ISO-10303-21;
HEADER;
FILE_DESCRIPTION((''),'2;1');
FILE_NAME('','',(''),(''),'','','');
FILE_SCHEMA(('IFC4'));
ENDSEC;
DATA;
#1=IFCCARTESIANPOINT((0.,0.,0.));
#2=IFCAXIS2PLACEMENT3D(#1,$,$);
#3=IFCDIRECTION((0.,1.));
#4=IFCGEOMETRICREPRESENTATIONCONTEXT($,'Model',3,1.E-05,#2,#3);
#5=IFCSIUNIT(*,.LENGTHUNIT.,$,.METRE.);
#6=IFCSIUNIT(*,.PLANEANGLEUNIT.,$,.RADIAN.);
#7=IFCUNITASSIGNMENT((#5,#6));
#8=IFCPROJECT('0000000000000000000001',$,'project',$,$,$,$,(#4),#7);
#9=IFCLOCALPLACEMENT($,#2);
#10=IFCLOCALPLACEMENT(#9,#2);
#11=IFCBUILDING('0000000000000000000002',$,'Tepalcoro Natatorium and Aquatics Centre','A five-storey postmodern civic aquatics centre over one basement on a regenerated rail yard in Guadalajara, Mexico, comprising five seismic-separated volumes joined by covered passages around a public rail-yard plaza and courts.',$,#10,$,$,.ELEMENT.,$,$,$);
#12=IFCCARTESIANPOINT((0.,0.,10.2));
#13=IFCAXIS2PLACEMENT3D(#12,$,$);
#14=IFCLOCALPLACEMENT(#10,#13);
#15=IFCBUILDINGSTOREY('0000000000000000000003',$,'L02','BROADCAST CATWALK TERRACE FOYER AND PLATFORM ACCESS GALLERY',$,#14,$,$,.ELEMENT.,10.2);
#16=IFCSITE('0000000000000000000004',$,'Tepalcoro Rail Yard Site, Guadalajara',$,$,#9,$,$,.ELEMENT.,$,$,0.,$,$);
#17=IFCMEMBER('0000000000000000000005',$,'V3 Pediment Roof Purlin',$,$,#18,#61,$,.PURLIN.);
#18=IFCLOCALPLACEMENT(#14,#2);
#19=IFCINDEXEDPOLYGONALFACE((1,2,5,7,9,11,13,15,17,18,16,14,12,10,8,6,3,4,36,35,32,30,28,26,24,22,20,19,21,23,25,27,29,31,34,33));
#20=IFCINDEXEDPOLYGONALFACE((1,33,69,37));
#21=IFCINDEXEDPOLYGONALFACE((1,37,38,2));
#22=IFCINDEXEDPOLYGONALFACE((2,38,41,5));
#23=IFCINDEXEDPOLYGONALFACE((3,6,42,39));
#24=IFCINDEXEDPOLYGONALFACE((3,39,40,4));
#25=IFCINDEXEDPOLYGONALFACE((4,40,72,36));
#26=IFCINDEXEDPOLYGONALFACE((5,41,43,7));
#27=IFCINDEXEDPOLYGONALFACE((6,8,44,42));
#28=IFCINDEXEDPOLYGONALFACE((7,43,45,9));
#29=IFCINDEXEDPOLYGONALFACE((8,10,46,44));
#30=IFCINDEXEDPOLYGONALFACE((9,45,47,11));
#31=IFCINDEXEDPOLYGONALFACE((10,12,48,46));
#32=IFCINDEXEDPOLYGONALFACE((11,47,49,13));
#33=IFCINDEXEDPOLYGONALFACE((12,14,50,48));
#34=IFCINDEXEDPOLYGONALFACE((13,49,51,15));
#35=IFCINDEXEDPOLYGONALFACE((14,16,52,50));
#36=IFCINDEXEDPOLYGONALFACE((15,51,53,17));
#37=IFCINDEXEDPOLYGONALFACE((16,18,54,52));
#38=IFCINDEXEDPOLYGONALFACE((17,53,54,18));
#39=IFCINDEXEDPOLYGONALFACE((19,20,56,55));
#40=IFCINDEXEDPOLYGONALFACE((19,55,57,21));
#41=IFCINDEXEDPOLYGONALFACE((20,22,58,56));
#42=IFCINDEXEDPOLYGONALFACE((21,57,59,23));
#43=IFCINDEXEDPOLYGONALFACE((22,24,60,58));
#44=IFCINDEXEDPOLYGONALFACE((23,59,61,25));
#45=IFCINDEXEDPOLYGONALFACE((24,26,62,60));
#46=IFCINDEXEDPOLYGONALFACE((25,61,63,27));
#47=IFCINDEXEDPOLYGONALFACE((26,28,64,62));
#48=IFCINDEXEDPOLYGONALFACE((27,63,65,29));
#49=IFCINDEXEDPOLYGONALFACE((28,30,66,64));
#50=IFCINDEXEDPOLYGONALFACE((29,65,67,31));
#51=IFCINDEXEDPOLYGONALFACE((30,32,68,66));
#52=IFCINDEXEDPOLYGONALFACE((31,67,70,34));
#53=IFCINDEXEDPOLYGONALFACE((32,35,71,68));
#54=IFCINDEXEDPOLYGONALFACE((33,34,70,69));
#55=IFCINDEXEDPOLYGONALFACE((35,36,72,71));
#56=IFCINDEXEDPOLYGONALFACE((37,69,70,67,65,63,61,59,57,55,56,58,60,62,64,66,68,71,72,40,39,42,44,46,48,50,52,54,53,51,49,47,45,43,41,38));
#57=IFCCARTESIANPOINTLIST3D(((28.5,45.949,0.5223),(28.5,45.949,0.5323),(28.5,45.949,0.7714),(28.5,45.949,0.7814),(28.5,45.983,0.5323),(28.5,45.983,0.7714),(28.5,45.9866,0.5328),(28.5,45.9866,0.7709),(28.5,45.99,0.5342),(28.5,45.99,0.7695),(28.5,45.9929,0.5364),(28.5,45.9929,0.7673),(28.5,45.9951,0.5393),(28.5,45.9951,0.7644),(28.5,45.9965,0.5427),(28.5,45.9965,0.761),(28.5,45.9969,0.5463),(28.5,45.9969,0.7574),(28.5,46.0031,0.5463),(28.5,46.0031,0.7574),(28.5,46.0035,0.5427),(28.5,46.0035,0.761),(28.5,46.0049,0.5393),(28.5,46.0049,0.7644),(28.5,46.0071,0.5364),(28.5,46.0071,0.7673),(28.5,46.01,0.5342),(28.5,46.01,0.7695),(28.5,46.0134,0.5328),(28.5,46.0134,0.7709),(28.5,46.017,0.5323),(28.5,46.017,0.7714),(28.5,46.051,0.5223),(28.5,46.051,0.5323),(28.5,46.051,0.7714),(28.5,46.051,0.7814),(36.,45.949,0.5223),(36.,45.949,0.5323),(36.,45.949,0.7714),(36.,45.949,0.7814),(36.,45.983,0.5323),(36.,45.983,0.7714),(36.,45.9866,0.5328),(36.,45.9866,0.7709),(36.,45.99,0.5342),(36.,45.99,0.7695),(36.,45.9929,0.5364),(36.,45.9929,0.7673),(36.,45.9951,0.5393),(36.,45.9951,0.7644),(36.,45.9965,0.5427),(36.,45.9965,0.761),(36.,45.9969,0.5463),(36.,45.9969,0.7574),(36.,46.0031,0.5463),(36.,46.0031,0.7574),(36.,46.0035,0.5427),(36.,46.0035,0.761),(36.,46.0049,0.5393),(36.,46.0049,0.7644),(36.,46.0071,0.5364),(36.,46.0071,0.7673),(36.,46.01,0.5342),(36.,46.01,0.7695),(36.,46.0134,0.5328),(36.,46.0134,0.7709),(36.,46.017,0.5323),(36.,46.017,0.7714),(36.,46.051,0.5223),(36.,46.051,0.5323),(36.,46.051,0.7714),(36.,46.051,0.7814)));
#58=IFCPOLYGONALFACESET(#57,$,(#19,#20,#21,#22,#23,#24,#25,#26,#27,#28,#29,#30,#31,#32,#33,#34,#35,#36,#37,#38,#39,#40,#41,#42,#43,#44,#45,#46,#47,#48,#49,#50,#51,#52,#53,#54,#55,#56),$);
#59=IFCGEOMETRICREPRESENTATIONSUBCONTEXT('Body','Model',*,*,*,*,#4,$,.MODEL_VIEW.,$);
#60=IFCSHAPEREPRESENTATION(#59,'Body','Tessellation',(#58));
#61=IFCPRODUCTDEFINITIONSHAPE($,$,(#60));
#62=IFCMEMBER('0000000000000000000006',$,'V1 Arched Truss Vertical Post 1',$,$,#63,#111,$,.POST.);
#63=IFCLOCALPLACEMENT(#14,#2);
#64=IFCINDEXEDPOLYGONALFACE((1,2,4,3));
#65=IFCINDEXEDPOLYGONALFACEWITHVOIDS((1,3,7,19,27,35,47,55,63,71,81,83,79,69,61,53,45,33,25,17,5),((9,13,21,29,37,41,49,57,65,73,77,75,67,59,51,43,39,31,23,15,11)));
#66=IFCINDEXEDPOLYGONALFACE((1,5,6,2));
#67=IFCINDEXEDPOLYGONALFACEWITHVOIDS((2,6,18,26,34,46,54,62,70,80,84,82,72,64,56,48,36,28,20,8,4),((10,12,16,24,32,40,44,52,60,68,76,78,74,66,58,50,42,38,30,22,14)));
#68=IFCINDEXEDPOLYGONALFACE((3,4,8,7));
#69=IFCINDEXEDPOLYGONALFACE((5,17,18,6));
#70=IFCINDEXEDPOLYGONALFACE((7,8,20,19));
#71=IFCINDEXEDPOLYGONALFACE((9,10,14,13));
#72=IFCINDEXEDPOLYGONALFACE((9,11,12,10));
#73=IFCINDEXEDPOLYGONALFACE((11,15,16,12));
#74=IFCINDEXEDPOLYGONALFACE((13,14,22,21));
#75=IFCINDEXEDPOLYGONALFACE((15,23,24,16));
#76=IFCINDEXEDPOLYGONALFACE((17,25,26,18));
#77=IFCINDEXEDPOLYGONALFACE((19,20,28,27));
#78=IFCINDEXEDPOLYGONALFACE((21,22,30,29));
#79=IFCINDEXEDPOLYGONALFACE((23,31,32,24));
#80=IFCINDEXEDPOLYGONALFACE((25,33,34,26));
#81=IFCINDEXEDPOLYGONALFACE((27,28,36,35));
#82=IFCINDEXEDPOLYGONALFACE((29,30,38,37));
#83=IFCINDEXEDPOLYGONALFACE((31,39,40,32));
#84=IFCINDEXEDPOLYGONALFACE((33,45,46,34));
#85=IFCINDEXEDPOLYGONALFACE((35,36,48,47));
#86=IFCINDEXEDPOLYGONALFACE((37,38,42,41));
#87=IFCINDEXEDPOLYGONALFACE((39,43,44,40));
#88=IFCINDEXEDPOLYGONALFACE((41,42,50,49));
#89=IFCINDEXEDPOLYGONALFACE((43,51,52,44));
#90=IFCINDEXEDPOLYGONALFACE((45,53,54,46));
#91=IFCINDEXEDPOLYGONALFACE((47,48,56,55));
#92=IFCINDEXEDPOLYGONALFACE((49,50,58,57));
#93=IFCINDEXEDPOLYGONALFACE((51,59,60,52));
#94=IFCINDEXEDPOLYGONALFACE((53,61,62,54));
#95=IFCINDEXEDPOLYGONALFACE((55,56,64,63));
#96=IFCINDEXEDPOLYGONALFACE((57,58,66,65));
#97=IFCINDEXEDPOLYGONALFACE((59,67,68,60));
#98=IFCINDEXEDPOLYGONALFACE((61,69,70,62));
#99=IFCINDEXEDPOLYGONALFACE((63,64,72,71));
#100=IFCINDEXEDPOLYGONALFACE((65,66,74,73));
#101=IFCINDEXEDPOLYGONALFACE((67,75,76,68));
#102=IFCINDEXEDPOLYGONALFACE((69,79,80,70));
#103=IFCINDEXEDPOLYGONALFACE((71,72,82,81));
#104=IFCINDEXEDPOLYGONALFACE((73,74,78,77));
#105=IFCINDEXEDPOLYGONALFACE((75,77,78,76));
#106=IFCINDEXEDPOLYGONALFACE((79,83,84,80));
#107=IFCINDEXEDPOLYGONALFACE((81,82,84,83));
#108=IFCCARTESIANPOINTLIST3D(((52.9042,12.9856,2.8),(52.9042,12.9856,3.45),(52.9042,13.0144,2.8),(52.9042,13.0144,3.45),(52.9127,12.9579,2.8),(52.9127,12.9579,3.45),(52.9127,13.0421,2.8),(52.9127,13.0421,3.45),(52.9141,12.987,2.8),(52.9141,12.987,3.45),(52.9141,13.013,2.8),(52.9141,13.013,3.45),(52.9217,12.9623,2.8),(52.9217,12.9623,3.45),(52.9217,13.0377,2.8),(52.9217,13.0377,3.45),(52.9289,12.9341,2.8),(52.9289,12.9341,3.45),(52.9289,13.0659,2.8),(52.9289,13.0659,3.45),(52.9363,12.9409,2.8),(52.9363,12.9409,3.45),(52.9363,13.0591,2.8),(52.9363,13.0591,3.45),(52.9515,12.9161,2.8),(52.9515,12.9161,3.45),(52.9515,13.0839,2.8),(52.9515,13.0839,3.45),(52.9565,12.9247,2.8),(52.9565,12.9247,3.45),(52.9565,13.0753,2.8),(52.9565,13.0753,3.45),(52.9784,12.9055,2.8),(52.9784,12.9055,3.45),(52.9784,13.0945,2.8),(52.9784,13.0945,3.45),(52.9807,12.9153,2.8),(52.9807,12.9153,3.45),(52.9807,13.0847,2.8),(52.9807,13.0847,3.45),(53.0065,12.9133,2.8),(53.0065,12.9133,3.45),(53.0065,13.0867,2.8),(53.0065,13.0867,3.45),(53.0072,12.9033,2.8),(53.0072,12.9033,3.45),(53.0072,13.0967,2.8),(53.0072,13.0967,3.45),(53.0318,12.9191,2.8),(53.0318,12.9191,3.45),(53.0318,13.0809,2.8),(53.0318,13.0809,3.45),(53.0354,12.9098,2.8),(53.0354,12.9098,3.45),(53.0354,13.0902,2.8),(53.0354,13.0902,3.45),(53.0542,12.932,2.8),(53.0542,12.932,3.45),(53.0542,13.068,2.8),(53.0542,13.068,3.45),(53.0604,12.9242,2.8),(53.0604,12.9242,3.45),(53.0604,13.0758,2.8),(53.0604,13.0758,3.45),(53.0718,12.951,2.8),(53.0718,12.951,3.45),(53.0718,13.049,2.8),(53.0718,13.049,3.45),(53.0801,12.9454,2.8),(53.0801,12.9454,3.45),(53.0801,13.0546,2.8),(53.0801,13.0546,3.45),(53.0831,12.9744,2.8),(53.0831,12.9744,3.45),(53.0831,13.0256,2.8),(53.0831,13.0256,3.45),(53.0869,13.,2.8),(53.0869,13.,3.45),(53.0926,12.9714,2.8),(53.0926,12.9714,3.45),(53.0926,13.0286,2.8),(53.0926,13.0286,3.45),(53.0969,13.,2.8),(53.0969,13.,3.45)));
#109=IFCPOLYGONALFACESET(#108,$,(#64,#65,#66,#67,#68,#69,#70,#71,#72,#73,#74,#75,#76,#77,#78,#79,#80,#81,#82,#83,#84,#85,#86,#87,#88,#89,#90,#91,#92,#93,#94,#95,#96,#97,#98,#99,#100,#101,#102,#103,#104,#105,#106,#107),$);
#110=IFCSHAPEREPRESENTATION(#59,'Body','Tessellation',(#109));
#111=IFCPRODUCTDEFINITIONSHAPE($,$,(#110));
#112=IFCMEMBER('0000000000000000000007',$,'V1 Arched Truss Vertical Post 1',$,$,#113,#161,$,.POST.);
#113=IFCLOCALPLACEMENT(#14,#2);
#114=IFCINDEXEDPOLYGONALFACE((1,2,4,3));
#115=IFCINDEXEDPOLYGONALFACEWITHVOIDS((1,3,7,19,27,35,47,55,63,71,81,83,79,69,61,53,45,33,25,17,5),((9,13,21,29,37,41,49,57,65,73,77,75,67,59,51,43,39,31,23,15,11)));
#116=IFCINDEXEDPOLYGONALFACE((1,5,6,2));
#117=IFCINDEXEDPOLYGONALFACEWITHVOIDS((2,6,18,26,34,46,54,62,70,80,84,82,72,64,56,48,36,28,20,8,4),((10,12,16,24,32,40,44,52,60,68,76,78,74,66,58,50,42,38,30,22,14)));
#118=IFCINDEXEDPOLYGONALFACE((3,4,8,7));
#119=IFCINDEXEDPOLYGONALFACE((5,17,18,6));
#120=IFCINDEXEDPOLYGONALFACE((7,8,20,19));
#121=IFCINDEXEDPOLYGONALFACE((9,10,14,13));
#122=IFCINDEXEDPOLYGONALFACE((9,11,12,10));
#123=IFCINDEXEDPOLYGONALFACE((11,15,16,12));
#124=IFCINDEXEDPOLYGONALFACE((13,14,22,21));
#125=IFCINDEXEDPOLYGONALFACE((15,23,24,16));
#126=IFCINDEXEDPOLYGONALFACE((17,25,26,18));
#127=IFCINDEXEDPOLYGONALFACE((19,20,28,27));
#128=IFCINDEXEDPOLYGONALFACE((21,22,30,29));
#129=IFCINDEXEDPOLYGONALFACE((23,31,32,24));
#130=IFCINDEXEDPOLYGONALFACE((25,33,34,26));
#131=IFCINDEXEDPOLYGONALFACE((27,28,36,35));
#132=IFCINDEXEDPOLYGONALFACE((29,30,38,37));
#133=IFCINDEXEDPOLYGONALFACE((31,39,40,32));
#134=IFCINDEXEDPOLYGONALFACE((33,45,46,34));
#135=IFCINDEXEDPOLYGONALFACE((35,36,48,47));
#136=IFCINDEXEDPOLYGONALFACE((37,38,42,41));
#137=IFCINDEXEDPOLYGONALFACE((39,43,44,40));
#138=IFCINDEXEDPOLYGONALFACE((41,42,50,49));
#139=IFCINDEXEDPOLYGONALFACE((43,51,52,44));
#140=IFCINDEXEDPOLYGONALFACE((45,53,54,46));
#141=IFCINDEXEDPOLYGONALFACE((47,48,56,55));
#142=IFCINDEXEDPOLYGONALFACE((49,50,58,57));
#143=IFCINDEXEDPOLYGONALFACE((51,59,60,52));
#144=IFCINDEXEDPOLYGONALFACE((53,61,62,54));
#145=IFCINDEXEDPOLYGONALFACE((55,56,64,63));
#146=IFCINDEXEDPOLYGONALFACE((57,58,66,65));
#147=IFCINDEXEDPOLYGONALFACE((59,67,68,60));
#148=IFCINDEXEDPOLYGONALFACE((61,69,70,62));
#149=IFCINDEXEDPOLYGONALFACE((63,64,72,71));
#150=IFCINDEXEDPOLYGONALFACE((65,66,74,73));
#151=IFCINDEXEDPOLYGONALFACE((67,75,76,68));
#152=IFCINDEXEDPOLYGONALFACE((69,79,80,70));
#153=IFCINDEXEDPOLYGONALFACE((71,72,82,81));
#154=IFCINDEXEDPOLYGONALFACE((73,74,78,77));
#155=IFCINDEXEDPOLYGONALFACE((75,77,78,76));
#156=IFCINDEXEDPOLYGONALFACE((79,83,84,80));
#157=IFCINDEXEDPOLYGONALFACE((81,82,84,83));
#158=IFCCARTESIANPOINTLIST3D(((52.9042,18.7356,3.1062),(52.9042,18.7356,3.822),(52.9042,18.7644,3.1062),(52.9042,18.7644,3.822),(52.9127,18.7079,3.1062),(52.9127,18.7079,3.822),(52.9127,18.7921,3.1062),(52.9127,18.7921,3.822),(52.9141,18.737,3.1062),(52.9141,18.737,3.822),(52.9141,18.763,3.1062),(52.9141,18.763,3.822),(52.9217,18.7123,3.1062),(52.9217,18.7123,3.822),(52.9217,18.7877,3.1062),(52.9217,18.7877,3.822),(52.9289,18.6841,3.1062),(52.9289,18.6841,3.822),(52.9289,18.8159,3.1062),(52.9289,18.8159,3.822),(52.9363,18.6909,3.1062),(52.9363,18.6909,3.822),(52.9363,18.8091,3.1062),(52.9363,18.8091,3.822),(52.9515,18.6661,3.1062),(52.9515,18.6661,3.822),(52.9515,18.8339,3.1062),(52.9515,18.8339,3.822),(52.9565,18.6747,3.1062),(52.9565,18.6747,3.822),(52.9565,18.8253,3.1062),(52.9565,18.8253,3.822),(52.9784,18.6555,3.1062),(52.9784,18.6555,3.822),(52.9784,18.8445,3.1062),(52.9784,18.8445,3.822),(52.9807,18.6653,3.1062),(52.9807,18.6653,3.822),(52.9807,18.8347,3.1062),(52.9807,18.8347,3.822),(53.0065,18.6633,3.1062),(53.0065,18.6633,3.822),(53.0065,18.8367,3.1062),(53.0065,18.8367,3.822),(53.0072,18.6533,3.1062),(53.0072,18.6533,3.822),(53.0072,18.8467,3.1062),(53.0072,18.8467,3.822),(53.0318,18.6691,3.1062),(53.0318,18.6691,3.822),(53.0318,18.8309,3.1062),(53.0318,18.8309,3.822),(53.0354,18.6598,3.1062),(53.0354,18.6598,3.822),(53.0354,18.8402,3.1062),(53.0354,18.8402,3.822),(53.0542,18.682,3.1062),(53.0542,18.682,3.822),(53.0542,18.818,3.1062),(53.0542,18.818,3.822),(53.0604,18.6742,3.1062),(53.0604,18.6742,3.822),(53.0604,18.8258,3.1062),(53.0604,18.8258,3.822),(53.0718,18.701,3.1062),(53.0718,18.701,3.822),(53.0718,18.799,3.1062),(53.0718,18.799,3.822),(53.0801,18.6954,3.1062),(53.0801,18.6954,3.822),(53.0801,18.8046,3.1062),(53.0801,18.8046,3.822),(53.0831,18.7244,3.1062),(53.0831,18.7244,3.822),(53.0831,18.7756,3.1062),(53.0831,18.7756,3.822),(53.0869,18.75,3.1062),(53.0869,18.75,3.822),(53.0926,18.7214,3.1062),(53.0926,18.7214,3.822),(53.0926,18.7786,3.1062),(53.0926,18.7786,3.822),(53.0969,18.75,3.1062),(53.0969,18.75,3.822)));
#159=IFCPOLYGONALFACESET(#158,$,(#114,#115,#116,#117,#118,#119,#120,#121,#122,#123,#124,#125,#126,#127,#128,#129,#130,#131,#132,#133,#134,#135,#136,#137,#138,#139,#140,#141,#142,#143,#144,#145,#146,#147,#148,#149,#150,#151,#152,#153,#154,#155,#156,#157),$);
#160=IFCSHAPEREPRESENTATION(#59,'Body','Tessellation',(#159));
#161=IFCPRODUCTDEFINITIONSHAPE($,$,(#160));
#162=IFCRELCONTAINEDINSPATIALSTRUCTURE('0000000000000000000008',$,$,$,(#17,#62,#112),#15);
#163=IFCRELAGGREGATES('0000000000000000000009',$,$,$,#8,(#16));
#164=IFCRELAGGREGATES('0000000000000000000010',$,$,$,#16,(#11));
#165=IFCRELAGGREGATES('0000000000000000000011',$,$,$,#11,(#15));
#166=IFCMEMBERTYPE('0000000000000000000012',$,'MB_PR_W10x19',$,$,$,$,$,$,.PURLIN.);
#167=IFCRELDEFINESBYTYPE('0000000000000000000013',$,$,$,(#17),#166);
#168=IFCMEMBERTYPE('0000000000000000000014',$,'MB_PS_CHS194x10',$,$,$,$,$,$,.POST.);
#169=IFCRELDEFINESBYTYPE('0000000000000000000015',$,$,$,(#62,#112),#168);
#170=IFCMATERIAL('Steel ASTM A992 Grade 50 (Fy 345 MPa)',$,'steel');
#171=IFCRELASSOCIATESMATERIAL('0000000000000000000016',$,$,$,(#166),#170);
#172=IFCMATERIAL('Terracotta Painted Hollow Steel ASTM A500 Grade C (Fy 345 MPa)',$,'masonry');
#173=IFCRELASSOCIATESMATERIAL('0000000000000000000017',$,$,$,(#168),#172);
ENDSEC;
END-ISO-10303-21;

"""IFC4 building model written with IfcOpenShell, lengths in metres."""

from ifc_helpers import new_model, si_unit, direction, frame, origin, origin_2d, place, context, subcontext, project, spatial, hollow_circle, i_section, extrude, material, material_profile, profile_set, type_object, element, save


model = new_model("IFC4")

# Units and contexts
model_context = context("Model", 3, precision=1e-05, world=origin(), true_north=direction((0.0, 1.0)))
body_context = subcontext(model_context, "Body", "Model", "MODEL_VIEW")
ifc_project = project(units=[si_unit("LENGTHUNIT", "METRE"), si_unit("PLANEANGLEUNIT", "RADIAN")], contexts=[model_context])

# Site, building, storey
site_placement = place(None, origin())
site = spatial("IfcSite", under=ifc_project, at=site_placement, Name="Tepalcoro Rail Yard Site, Guadalajara", CompositionType="ELEMENT", RefElevation=0.0)
building_placement = place(site_placement, origin())
building = spatial("IfcBuilding", under=site, at=building_placement, Name="Tepalcoro Natatorium and Aquatics Centre", Description="A five-storey postmodern civic aquatics centre over one basement on a regenerated rail yard in Guadalajara, Mexico, comprising five seismic-separated volumes joined by covered passages around a public rail-yard plaza and courts.", CompositionType="ELEMENT")
storey_placement = place(building_placement, frame((0.0, 0.0, 10.2)))
storey = spatial("IfcBuildingStorey", under=building, at=storey_placement, Name="L02", Description="BROADCAST CATWALK TERRACE FOYER AND PLATFORM ACCESS GALLERY", CompositionType="ELEMENT", Elevation=10.2)

# Shared definitions
ifc_material_1 = material(Name="Steel ASTM A992 Grade 50 (Fy 345 MPa)", Category="steel")

# Shared definitions
ifc_material_2 = material(Name="Terracotta Painted Hollow Steel ASTM A500 Grade C (Fy 345 MPa)", Category="masonry")

# Members
ifc_material_profile_1 = material_profile(ifc_material_1, i_section(OverallWidth=0.1021, OverallDepth=0.259, WebThickness=0.0061, FlangeThickness=0.01, FilletRadius=0.0139, at=origin_2d()), Name="W10X19")
ifc_profile_set_1 = profile_set([ifc_material_profile_1], Name="Steel ASTM A992 Grade 50 (Fy 345 MPa)")
member_type_1 = type_object("IfcMemberType", Name="MB_PR_W10x19", PredefinedType="PURLIN", material=ifc_profile_set_1)
member_1_placement = place(storey_placement, frame((28.5, 46.0, 0.6519), z_axis=(1.0, 0.0, 0.0), x_axis=(0.0, 1.0, 0.0)))
element("IfcMember", 1, at=member_1_placement, inside=storey, type_object=member_type_1, Name="V3 Pediment Roof Purlin", PredefinedType="PURLIN", context=body_context, shape_type="SweptSolid", body=[
    extrude(i_section(OverallWidth=0.1021, OverallDepth=0.259, WebThickness=0.0061, FlangeThickness=0.01, FilletRadius=0.0139, at=origin_2d()), origin(), (0.0, 0.0, 1.0), 7.5),
])
ifc_material_profile_2 = material_profile(ifc_material_2, hollow_circle(Radius=0.0969, WallThickness=0.01, at=origin_2d()), Name="CHS194X10")
ifc_profile_set_2 = profile_set([ifc_material_profile_2], Name="Terracotta Painted Hollow Steel ASTM A500 Grade C (Fy 345 MPa)")
member_type_2 = type_object("IfcMemberType", Name="MB_PS_CHS194x10", PredefinedType="POST", material=ifc_profile_set_2)
member_2_placement = place(storey_placement, frame((53.0, 13.0, 2.8), z_axis=(0.0, 0.0, 1.0), x_axis=(1.0, 0.0, 0.0)))
element("IfcMember", 2, at=member_2_placement, inside=storey, type_object=member_type_2, Name="V1 Arched Truss Vertical Post 1", PredefinedType="POST", context=body_context, shape_type="SweptSolid", body=[
    extrude(hollow_circle(Radius=0.0969, WallThickness=0.01, at=origin_2d()), origin(), (0.0, 0.0, 1.0), 0.6499),
])
member_3_placement = place(storey_placement, frame((53.0, 18.75, 3.1062), z_axis=(0.0, 0.0, 1.0), x_axis=(1.0, 0.0, 0.0)))
element("IfcMember", 3, at=member_3_placement, inside=storey, type_object=member_type_2, Name="V1 Arched Truss Vertical Post 1", PredefinedType="POST", context=body_context, shape_type="SweptSolid", body=[
    extrude(hollow_circle(Radius=0.0969, WallThickness=0.01, at=origin_2d()), origin(), (0.0, 0.0, 1.0), 0.7158),
])

save(model, "model.ifc")
